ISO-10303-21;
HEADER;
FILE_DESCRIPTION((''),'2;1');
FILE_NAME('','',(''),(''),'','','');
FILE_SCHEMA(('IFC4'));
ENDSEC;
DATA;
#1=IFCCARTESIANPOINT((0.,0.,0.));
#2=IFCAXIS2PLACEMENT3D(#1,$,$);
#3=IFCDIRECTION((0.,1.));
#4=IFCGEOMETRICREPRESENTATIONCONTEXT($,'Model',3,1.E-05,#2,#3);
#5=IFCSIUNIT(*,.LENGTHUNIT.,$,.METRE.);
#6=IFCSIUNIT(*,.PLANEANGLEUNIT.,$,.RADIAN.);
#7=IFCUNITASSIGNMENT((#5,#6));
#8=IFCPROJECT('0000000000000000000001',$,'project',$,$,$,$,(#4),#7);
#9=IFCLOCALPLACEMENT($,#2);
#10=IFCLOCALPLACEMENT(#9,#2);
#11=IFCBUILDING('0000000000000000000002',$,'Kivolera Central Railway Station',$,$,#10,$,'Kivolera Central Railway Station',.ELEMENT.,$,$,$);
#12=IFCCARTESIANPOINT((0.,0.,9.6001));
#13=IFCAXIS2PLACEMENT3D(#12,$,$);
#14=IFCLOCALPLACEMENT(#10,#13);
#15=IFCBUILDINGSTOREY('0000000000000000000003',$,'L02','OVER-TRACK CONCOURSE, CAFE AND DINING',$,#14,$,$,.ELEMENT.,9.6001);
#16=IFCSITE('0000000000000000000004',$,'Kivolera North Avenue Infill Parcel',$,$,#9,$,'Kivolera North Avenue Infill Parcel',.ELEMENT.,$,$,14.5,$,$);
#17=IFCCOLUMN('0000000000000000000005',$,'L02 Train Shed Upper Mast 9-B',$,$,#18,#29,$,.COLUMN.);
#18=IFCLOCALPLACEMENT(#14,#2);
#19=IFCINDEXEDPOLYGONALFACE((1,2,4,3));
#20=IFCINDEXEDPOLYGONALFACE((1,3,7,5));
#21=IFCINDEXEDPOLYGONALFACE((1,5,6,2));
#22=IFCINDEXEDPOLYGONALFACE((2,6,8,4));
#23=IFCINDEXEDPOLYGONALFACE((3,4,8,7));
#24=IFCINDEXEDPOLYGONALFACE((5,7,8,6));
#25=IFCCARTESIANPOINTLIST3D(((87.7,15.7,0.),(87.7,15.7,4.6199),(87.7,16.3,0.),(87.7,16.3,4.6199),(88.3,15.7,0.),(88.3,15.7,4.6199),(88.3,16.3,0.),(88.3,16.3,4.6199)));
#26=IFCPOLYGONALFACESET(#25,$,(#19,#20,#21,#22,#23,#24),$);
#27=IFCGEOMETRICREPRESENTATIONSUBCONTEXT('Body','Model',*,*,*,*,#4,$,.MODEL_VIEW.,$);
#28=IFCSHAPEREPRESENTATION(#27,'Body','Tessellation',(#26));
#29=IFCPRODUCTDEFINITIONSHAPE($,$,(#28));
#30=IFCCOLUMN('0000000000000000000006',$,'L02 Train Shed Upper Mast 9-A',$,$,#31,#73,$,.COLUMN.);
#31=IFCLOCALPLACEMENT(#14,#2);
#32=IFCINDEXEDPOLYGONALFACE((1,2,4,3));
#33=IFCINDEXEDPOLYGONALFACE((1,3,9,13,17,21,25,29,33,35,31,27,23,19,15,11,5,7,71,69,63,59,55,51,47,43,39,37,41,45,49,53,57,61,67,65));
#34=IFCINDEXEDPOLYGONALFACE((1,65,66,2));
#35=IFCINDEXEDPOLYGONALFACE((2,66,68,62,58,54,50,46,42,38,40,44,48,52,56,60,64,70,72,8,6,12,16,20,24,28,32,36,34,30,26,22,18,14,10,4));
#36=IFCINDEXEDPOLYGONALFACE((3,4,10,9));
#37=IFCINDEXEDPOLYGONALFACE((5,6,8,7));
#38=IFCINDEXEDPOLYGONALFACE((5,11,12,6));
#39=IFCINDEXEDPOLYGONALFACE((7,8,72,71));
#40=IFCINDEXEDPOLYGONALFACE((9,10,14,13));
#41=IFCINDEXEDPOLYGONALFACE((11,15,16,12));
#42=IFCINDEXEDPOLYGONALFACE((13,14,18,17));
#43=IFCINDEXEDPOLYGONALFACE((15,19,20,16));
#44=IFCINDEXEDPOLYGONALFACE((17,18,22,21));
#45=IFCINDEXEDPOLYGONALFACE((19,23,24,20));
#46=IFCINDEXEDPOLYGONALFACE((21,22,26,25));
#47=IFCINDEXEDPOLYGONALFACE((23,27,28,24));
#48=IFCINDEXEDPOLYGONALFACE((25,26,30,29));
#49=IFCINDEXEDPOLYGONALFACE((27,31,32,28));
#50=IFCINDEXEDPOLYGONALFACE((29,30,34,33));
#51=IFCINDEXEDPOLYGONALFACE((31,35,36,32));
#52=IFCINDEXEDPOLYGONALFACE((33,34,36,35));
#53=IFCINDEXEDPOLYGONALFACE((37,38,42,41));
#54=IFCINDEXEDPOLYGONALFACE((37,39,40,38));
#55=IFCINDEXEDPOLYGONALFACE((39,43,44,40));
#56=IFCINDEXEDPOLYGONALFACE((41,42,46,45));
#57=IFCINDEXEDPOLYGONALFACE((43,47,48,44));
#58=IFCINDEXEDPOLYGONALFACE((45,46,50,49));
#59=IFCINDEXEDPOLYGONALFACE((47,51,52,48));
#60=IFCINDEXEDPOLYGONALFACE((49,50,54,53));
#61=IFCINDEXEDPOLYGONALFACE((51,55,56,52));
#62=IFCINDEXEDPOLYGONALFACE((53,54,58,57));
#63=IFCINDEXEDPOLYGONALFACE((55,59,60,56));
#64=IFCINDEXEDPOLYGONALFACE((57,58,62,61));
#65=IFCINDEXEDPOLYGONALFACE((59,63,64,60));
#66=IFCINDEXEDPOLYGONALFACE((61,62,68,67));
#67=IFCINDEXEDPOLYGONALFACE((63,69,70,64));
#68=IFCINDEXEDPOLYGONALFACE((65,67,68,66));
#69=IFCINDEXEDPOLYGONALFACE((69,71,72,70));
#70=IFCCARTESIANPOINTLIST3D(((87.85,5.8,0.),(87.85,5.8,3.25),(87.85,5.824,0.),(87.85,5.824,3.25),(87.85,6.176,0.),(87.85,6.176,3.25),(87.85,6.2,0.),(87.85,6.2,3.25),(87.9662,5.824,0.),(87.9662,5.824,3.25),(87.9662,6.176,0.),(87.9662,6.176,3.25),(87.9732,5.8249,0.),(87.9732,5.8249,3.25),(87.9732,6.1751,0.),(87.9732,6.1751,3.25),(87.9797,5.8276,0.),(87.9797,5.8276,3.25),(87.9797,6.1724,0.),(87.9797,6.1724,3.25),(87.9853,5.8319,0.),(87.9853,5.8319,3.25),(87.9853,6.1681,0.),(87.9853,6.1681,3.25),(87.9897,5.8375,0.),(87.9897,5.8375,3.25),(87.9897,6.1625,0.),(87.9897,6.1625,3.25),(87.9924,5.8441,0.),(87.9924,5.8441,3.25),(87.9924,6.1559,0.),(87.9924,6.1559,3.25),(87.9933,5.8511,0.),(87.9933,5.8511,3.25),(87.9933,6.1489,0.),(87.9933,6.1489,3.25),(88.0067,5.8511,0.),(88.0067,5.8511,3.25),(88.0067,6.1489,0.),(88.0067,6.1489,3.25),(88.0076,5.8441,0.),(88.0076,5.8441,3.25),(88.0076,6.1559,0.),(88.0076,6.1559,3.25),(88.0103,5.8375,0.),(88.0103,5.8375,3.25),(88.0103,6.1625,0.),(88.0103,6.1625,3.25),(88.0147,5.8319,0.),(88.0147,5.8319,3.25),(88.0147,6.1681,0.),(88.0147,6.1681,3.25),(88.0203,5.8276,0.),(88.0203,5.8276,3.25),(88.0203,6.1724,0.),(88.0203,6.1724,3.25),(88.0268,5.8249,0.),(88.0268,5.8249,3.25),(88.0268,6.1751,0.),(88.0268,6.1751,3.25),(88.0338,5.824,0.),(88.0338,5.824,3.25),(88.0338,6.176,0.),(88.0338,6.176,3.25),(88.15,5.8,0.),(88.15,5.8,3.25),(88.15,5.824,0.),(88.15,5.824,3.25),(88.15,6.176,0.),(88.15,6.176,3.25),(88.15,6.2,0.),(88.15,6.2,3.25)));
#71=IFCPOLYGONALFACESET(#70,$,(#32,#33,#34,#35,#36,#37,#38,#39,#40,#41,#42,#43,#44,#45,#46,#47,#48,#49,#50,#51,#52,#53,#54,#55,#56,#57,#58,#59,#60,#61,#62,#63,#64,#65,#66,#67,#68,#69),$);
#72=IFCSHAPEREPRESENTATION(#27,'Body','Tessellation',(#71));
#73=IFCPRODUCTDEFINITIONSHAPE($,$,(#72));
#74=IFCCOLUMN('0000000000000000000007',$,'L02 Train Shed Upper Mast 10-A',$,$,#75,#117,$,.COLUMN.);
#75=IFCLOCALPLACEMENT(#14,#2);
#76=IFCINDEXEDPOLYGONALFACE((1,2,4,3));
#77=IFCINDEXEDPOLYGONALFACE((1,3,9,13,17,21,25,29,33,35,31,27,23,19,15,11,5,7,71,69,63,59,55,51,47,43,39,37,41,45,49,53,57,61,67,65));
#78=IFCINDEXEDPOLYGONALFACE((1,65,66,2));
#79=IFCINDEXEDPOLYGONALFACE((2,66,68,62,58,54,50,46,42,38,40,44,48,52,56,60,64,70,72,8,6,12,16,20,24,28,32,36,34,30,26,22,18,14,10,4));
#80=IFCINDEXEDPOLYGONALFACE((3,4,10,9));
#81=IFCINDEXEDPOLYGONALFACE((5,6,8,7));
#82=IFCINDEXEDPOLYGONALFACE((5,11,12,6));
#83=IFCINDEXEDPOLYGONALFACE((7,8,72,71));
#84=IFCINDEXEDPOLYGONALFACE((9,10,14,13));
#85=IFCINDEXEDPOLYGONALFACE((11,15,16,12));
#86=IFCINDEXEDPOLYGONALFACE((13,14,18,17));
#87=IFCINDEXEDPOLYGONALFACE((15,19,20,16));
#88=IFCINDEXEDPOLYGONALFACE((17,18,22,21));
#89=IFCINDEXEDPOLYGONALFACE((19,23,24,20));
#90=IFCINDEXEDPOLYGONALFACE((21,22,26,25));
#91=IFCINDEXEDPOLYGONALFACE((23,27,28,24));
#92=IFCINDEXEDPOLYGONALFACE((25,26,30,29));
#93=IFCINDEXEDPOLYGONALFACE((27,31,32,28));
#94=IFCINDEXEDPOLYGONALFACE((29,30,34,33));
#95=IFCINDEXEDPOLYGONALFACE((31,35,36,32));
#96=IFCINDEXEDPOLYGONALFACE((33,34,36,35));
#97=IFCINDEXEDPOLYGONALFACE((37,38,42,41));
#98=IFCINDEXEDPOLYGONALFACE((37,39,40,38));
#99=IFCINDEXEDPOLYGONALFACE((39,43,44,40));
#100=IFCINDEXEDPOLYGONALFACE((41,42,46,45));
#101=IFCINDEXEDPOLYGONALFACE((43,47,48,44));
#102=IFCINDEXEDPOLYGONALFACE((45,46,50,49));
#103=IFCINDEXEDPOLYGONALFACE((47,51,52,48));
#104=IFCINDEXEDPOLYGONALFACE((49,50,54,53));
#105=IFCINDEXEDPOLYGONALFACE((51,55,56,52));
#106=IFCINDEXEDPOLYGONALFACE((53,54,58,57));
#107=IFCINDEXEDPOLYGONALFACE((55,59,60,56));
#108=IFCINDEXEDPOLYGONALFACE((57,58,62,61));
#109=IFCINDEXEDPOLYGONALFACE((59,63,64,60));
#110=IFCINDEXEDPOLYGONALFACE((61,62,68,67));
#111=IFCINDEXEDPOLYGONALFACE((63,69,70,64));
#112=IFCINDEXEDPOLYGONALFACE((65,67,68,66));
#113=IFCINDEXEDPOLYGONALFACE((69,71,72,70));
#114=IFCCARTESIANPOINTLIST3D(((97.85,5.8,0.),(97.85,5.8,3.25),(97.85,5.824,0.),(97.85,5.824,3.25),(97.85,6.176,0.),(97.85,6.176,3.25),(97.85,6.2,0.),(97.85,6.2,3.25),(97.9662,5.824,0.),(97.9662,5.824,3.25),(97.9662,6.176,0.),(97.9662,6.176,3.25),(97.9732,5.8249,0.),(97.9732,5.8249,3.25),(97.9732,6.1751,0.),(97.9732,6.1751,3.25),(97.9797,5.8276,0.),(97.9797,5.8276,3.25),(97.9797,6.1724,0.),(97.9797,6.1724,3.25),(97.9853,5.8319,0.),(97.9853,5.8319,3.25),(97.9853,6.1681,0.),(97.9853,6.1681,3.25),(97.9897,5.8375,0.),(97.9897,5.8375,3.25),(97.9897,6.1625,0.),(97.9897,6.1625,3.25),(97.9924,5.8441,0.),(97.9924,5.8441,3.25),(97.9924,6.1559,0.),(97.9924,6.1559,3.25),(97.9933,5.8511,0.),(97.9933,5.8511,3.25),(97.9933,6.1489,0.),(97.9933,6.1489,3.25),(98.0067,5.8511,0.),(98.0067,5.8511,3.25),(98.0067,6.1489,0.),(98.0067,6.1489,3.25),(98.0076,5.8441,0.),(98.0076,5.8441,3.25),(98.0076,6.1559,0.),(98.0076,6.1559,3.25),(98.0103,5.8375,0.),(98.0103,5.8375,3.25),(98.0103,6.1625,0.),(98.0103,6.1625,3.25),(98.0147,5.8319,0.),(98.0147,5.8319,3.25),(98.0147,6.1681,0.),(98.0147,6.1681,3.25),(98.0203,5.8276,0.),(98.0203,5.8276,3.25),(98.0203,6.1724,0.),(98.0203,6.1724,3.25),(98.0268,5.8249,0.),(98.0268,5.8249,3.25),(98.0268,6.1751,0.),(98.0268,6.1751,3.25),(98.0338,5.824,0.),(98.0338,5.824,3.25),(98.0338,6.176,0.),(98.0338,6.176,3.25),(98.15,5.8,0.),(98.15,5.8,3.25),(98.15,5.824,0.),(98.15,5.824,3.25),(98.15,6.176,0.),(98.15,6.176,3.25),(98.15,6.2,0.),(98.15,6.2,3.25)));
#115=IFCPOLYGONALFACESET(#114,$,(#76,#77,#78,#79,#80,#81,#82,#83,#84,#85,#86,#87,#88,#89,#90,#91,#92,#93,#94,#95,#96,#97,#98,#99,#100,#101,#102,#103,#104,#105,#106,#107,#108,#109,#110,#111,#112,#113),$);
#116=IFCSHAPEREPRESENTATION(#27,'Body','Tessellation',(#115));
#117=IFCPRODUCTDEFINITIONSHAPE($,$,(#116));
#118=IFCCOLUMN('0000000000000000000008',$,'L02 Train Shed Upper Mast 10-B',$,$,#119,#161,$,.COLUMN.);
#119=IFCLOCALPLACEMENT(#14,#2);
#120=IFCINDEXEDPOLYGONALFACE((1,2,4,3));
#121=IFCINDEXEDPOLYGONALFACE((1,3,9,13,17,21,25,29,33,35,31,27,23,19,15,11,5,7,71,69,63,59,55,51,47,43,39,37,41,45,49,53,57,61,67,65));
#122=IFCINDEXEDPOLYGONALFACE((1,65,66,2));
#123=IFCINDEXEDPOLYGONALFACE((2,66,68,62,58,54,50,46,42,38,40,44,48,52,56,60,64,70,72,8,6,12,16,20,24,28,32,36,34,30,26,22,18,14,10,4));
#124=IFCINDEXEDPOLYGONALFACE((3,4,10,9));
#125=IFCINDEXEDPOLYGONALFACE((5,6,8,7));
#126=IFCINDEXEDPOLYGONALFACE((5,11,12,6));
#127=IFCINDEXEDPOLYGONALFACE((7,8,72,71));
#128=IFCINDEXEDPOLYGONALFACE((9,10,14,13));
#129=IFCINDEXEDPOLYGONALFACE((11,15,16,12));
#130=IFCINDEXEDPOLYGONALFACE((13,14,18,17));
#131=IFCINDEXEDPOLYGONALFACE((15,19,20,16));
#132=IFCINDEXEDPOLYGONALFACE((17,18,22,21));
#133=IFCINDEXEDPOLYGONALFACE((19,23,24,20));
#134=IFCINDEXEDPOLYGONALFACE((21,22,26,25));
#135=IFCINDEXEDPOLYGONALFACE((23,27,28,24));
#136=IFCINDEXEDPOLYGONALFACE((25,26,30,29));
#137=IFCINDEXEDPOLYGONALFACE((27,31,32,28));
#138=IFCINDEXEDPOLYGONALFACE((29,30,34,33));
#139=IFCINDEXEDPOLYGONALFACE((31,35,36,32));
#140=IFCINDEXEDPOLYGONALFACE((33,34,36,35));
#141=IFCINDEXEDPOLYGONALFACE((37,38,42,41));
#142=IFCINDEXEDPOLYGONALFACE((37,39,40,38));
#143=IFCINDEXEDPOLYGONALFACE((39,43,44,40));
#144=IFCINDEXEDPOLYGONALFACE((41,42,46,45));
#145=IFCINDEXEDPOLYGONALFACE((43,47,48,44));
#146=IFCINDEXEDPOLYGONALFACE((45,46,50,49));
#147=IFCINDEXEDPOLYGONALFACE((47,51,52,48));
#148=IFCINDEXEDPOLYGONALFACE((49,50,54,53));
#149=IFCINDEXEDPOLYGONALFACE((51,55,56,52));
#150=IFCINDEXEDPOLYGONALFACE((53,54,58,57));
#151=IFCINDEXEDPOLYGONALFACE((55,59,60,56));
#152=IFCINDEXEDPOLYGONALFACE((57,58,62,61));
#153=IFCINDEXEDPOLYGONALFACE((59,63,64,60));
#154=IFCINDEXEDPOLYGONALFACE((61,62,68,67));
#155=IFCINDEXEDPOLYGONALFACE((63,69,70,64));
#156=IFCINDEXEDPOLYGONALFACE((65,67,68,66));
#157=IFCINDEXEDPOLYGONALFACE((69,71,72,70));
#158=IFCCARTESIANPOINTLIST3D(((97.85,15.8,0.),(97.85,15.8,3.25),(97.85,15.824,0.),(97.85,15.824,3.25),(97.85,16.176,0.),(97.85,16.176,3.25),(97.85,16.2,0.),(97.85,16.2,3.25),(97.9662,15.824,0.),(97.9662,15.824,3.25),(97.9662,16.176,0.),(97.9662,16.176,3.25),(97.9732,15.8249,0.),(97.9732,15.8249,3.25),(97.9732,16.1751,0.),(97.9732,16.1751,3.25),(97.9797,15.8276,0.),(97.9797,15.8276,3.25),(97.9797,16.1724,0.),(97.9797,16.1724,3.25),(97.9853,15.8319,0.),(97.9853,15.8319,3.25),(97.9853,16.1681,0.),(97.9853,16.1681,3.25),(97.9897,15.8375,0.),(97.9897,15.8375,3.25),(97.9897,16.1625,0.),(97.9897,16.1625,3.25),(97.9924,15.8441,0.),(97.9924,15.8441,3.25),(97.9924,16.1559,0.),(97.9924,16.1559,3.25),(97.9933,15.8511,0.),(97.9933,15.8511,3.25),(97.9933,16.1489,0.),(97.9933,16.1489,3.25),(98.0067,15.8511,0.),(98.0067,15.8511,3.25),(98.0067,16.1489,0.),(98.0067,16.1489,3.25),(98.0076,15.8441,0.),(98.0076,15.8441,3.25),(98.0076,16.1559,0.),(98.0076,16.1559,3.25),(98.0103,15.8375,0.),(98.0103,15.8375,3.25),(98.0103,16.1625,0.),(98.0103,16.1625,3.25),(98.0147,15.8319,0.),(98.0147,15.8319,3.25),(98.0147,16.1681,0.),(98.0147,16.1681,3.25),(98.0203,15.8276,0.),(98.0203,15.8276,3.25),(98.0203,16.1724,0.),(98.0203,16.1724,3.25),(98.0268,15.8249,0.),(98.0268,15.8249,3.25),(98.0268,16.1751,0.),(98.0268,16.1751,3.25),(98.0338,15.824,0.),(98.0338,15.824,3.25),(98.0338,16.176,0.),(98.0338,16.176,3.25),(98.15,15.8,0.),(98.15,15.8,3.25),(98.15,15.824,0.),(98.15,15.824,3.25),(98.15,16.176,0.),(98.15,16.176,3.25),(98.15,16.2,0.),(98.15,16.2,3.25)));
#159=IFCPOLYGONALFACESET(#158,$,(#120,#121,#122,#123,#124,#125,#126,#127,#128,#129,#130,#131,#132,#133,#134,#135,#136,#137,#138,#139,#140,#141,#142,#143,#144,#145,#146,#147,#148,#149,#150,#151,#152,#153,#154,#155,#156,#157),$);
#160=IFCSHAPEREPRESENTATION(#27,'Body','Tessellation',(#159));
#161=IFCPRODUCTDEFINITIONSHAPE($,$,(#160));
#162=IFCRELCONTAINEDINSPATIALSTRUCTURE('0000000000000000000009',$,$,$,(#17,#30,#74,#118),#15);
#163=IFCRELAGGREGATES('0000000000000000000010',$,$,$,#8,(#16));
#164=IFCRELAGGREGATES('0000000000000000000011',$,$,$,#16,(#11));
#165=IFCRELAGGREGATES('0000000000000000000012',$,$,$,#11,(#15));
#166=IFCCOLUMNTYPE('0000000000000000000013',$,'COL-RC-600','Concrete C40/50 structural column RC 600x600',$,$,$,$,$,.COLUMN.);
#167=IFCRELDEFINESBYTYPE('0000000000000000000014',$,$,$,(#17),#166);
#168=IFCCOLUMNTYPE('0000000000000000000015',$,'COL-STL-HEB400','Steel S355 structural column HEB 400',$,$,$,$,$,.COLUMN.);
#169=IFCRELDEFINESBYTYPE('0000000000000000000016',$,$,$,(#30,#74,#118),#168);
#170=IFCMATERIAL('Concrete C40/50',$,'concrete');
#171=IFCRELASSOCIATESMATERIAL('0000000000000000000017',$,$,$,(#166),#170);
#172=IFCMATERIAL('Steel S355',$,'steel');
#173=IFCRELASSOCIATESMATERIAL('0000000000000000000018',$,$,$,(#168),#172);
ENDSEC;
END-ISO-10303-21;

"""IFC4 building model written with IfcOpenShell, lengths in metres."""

from ifc_helpers import new_model, si_unit, direction, frame, origin, origin_2d, place, context, subcontext, project, spatial, rectangle, i_section, extrude, material, material_profile, profile_set, type_object, element, save


model = new_model("IFC4")

# Units and contexts
model_context = context("Model", 3, precision=1e-05, world=origin(), true_north=direction((0.0, 1.0)))
body_context = subcontext(model_context, "Body", "Model", "MODEL_VIEW")
ifc_project = project(units=[si_unit("LENGTHUNIT", "METRE"), si_unit("PLANEANGLEUNIT", "RADIAN")], contexts=[model_context])

# Site, building, storey
site_placement = place(None, origin())
site = spatial("IfcSite", under=ifc_project, at=site_placement, Name="Kivolera North Avenue Infill Parcel", LongName="Kivolera North Avenue Infill Parcel", CompositionType="ELEMENT", RefElevation=14.5)
building_placement = place(site_placement, origin())
building = spatial("IfcBuilding", under=site, at=building_placement, Name="Kivolera Central Railway Station", LongName="Kivolera Central Railway Station", CompositionType="ELEMENT")
storey_placement = place(building_placement, frame((0.0, 0.0, 9.6001)))
storey = spatial("IfcBuildingStorey", under=building, at=storey_placement, Name="L02", Description="OVER-TRACK CONCOURSE, CAFE AND DINING", CompositionType="ELEMENT", Elevation=9.6001)

# Columns
ifc_material_1 = material(Name="Concrete C40/50", Category="concrete")
ifc_material_profile_1 = material_profile(ifc_material_1, rectangle(XDim=0.6001, YDim=0.6001, at=origin_2d()), Name="RC 600x600")
ifc_profile_set_1 = profile_set([ifc_material_profile_1], Name="Concrete C40/50")
column_type_1 = type_object("IfcColumnType", Name="COL-RC-600", Description="Concrete C40/50 structural column RC 600x600", PredefinedType="COLUMN", material=ifc_profile_set_1)
column_placement = place(storey_placement, frame((88.0, 16.0, 0.0), z_axis=(0.0, 0.0, 1.0), x_axis=(1.0, 0.0, 0.0)))
element("IfcColumn", 1, at=column_placement, inside=storey, type_object=column_type_1, Name="L02 Train Shed Upper Mast 9-B", PredefinedType="COLUMN", context=body_context, shape_type="SweptSolid", body=[
    extrude(rectangle(XDim=0.6001, YDim=0.6001, at=origin_2d()), origin(), (0.0, 0.0, 1.0), 4.6199),
])
ifc_material_2 = material(Name="Steel S355", Category="steel")
ifc_material_profile_2 = material_profile(ifc_material_2, i_section(OverallWidth=0.3, OverallDepth=0.3999, WebThickness=0.0134, FlangeThickness=0.0239, FilletRadius=0.0271, at=origin_2d()), Name="HEB 400")
ifc_profile_set_2 = profile_set([ifc_material_profile_2], Name="Steel S355")
column_type_2 = type_object("IfcColumnType", Name="COL-STL-HEB400", Description="Steel S355 structural column HEB 400", PredefinedType="COLUMN", material=ifc_profile_set_2)
for number, where, z_axis, x_axis, name in (
    (2, (88.0, 6.0, 0.0), (0.0, 0.0, 1.0), (1.0, 0.0, 0.0), "L02 Train Shed Upper Mast 9-A"),
    (3, (98.0, 6.0, 0.0), (0.0, 0.0, 1.0), (1.0, 0.0, 0.0), "L02 Train Shed Upper Mast 10-A"),
    (4, (98.0, 16.0, 0.0), (0.0, 0.0, 1.0), (1.0, 0.0, 0.0), "L02 Train Shed Upper Mast 10-B"),
):
    element("IfcColumn", number, at=place(storey_placement, frame(where, z_axis=z_axis, x_axis=x_axis)), inside=storey, type_object=column_type_2, Name=name, PredefinedType="COLUMN", context=body_context, shape_type="SweptSolid", body=[
        extrude(i_section(OverallWidth=0.3, OverallDepth=0.3999, WebThickness=0.0134, FlangeThickness=0.0239, FilletRadius=0.0271, at=origin_2d()), origin(), (0.0, 0.0, 1.0), 3.25),
    ])

save(model, "model.ifc")
